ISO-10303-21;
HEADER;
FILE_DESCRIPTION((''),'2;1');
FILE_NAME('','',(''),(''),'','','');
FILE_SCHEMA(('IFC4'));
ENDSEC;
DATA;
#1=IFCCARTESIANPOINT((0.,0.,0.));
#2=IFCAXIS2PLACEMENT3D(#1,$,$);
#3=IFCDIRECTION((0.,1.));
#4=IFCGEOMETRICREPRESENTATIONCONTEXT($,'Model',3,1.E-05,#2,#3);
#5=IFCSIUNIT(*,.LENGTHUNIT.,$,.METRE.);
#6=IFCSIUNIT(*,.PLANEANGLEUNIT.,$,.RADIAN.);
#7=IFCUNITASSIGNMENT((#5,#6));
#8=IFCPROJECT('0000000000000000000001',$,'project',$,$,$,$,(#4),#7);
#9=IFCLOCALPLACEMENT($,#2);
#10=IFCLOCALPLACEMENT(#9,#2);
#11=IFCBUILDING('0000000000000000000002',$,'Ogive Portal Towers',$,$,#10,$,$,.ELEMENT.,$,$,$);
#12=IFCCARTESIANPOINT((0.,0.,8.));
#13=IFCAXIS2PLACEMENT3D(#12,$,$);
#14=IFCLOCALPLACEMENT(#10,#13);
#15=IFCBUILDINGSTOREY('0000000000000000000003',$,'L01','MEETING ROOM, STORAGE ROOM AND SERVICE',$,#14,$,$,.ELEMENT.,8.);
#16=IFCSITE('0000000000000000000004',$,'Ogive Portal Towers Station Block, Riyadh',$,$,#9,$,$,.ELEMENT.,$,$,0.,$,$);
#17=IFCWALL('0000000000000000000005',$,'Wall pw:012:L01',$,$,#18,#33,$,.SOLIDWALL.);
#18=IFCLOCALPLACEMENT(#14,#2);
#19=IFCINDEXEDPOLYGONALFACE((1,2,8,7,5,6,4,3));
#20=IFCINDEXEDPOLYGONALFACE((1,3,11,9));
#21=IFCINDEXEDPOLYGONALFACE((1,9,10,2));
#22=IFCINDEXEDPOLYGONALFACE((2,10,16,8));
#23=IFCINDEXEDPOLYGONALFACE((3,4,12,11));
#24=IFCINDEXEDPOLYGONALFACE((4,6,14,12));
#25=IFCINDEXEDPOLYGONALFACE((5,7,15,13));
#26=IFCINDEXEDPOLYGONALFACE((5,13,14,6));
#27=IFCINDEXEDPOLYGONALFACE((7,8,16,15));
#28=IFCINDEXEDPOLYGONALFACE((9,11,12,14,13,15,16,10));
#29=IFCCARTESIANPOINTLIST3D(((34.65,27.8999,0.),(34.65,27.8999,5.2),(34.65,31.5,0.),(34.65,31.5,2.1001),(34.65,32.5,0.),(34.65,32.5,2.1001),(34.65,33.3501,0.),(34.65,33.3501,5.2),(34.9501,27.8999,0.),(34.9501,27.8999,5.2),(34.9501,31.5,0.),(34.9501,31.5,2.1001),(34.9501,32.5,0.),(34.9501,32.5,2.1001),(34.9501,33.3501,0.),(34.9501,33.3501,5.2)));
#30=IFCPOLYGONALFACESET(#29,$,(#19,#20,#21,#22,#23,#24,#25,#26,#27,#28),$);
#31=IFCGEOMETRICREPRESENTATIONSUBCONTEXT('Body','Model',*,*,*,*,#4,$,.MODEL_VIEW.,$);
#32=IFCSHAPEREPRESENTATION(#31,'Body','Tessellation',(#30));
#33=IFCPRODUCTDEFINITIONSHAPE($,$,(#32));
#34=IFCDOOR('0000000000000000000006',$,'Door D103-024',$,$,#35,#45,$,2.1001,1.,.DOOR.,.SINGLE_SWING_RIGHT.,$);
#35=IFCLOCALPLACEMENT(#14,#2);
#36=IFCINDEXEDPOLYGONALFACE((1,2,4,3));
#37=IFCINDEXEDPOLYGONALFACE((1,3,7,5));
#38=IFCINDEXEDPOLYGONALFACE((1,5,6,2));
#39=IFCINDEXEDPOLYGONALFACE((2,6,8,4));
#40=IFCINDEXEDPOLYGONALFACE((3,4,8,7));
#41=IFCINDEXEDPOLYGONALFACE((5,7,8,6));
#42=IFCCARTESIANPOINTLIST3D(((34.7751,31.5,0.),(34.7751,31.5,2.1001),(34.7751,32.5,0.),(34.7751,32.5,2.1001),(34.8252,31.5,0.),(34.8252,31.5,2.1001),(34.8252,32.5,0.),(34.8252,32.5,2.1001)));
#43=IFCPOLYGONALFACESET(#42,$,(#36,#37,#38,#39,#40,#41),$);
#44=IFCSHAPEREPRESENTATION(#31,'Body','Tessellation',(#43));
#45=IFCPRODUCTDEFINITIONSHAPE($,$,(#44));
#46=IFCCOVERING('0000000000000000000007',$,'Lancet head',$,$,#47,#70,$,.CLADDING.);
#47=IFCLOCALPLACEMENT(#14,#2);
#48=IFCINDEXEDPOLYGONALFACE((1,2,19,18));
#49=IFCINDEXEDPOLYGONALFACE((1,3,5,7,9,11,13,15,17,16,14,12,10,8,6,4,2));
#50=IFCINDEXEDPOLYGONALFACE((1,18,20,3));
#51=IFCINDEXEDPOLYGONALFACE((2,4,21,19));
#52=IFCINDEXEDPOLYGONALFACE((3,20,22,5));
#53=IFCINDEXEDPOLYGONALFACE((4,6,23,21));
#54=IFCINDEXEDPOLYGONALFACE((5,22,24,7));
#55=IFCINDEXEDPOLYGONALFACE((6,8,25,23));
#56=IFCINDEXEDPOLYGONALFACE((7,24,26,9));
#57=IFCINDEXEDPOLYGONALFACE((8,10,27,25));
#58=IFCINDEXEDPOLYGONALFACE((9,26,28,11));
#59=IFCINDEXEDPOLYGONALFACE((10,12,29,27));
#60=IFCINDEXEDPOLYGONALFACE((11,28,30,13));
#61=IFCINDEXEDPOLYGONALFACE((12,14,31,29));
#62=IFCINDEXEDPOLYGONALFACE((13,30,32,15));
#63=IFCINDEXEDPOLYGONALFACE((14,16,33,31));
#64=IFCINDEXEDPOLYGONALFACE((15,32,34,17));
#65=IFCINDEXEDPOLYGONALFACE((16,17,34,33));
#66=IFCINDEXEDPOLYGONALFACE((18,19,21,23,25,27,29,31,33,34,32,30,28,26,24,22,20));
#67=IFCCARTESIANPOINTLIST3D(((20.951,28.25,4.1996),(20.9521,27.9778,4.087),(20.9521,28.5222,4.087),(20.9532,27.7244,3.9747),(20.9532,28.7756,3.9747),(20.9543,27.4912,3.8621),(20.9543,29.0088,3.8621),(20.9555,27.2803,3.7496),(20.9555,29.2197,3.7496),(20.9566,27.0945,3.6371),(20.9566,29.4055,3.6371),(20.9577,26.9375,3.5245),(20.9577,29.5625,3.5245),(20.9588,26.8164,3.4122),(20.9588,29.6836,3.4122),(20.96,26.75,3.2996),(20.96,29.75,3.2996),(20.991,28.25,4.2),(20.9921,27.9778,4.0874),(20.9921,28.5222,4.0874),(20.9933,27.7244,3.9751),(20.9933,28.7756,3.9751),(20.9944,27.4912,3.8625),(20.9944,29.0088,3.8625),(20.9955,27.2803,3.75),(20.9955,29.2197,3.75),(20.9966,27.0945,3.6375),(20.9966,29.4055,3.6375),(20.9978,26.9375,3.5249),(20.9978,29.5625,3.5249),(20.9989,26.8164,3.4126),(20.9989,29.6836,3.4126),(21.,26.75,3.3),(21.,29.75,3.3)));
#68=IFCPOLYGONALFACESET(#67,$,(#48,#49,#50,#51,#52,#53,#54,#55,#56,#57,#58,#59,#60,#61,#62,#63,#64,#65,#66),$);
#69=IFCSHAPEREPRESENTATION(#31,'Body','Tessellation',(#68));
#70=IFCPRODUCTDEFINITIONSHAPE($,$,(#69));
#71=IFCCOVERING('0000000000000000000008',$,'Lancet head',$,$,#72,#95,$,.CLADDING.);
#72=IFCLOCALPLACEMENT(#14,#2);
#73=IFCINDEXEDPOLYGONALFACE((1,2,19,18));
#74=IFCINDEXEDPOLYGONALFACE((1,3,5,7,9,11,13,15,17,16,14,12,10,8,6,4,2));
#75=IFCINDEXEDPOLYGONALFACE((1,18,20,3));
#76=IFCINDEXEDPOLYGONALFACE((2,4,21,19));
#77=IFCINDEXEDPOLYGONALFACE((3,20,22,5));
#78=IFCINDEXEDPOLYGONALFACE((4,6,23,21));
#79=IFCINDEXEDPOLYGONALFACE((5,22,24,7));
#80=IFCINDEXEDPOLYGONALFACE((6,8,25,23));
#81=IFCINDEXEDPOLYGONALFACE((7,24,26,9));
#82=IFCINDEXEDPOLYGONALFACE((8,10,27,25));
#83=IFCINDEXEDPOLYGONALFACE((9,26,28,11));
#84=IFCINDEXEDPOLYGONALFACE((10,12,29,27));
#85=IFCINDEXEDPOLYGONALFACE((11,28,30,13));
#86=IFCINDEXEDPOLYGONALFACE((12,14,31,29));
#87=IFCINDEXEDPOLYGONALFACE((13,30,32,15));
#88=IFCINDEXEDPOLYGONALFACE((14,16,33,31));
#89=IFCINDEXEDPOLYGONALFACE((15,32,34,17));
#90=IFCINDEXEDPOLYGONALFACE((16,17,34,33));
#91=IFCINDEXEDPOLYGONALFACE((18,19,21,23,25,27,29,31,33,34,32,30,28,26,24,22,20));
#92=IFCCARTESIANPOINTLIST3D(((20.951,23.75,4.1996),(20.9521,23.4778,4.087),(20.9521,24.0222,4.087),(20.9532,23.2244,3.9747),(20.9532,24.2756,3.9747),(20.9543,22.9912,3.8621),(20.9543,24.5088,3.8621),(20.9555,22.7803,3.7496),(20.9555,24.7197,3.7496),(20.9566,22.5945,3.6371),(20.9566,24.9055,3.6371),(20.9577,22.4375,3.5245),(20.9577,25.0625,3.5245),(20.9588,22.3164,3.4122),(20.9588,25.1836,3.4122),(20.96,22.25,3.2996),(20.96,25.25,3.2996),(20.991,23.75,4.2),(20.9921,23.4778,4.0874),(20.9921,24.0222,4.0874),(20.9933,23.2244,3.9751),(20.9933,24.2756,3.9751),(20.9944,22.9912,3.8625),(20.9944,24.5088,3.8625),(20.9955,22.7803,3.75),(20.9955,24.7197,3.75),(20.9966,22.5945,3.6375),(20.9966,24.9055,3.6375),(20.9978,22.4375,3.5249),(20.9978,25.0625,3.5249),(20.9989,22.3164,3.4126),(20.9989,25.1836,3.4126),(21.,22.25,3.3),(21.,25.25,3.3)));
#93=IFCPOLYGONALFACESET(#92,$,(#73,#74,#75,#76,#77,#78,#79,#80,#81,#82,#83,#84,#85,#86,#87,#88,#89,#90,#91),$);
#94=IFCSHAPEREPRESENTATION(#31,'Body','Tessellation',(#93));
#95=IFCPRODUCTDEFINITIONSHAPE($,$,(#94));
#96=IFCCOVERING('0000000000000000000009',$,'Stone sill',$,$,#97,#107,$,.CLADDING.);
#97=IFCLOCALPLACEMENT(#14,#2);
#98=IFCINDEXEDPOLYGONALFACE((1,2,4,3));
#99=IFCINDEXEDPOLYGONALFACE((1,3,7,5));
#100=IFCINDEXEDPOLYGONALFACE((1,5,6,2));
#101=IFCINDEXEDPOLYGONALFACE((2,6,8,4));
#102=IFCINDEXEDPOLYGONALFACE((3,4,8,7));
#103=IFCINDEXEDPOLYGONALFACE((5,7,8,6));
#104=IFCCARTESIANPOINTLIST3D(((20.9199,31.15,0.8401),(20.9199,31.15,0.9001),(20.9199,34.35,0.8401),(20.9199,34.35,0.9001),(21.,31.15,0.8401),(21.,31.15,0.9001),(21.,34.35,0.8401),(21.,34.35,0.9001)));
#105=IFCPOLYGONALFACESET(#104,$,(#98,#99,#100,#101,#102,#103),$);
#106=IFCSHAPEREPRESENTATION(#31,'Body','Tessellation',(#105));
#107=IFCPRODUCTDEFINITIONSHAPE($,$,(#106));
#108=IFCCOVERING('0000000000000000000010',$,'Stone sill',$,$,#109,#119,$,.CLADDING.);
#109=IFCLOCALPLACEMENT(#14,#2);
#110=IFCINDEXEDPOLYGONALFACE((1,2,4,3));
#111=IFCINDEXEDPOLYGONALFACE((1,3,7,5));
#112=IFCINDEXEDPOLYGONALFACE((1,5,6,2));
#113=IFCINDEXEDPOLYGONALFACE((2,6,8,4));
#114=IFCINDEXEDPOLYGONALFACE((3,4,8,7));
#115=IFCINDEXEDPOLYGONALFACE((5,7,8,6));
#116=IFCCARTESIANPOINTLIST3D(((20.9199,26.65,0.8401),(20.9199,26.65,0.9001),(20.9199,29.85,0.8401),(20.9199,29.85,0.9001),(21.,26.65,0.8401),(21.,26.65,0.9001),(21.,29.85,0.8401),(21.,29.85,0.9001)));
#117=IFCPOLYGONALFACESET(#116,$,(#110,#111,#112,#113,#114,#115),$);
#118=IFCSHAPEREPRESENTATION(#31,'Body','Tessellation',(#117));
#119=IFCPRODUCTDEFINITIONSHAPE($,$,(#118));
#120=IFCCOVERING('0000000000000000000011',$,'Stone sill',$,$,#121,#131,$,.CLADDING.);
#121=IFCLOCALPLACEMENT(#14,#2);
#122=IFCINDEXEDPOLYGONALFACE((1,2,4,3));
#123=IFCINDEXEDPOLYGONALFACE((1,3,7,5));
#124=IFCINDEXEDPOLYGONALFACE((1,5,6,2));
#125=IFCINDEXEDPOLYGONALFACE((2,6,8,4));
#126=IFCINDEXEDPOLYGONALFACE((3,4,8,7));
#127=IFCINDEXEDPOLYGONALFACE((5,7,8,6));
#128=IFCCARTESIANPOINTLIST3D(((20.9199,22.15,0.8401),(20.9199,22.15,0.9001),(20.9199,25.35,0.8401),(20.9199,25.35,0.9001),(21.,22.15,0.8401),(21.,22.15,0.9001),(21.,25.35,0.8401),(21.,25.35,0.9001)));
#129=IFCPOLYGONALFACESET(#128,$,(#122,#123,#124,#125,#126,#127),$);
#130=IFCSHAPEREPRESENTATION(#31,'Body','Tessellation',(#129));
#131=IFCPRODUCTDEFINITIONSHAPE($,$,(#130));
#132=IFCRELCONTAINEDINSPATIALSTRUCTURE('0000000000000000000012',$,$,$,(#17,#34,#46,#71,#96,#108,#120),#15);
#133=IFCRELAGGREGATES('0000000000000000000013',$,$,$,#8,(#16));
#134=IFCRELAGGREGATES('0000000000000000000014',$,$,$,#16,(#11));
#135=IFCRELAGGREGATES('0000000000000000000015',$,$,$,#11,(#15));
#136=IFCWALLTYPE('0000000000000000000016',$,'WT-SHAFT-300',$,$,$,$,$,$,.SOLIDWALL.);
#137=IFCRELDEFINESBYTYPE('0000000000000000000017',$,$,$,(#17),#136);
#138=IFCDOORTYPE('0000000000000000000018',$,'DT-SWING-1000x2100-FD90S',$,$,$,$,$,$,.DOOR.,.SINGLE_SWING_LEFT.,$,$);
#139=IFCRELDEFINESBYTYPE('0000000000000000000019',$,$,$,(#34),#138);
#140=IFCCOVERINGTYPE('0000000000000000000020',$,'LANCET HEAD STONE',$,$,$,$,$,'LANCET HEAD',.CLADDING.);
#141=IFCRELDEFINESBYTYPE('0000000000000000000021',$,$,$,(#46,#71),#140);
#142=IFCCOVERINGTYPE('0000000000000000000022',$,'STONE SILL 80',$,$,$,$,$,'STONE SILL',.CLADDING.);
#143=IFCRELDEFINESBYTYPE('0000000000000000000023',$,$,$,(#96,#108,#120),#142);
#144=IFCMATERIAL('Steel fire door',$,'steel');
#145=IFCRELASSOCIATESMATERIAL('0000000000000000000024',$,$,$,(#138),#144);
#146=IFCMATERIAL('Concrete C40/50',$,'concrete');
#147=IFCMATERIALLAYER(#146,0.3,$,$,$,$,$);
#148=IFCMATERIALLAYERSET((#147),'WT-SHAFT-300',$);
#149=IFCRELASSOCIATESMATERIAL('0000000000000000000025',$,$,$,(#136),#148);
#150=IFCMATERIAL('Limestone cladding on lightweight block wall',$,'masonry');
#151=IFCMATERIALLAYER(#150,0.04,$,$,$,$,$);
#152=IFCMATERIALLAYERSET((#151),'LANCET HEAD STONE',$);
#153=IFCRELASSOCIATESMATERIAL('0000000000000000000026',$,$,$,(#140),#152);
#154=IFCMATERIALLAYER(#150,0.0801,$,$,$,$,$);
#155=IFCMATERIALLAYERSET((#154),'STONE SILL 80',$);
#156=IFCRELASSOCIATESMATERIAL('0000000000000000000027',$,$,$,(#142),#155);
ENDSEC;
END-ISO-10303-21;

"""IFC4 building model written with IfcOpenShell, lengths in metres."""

from ifc_helpers import new_model, si_unit, direction, frame, frame_2d, origin, origin_2d, place, context, subcontext, project, spatial, polyline, rectangle, outline, extrude, material, layer, layer_set, type_object, element, fill, save


model = new_model("IFC4")

# Units and contexts
model_context = context("Model", 3, precision=1e-05, world=origin(), true_north=direction((0.0, 1.0)))
body_context = subcontext(model_context, "Body", "Model", "MODEL_VIEW")
ifc_project = project(units=[si_unit("LENGTHUNIT", "METRE"), si_unit("PLANEANGLEUNIT", "RADIAN")], contexts=[model_context])

# Site, building, storey
site_placement = place(None, origin())
site = spatial("IfcSite", under=ifc_project, at=site_placement, Name="Ogive Portal Towers Station Block, Riyadh", CompositionType="ELEMENT", RefElevation=0.0)
building_placement = place(site_placement, origin())
building = spatial("IfcBuilding", under=site, at=building_placement, Name="Ogive Portal Towers", CompositionType="ELEMENT")
storey_placement = place(building_placement, frame((0.0, 0.0, 8.0)))
storey = spatial("IfcBuildingStorey", under=building, at=storey_placement, Name="L01", Description="MEETING ROOM, STORAGE ROOM AND SERVICE", CompositionType="ELEMENT", Elevation=8.0)

# Shared definitions
ifc_material_1 = material(Name="Steel fire door", Category="steel")

# Shared definitions
door_type_1 = type_object("IfcDoorType", Name="DT-SWING-1000x2100-FD90S", OperationType="SINGLE_SWING_LEFT", PredefinedType="DOOR", material=ifc_material_1)

# Shared definitions
ifc_material_2 = material(Name="Concrete C40/50", Category="concrete")
ifc_layer_1 = layer(ifc_material_2, 0.3)
ifc_layer_set_1 = layer_set([ifc_layer_1], Name="WT-SHAFT-300")
wall_type_1 = type_object("IfcWallType", Name="WT-SHAFT-300", PredefinedType="SOLIDWALL", material=ifc_layer_set_1)

# Wall, opening, door
wall_1_placement = place(storey_placement, frame((34.8, 27.8999, 0.0), z_axis=(0.0, 0.0, 1.0), x_axis=(0.0, 1.0, 0.0)))
wall_1 = element("IfcWall", 1, at=wall_1_placement, inside=storey, type_object=wall_type_1, Name="Wall pw:012:L01", PredefinedType="SOLIDWALL", context=body_context, shape_type="SweptSolid", body=[
    extrude(rectangle(XDim=5.4502, YDim=0.3, at=frame_2d((2.7251, 0.0))), origin(), (0.0, 0.0, 1.0), 5.2),
])
opening_1_placement = place(wall_1_placement, frame((3.6001, 0.0, 0.0)))
opening_1 = element("IfcOpeningElement", 2, at=opening_1_placement, cuts=wall_1, PredefinedType="OPENING", context=body_context, shape_type="SweptSolid", body=[
    extrude(rectangle(XDim=1.0, YDim=2.1001, at=frame_2d((0.5, 1.05))), frame((0.0, 0.1602, 0.0), z_axis=(0.0, -1.0, 0.0), x_axis=(1.0, 0.0, 0.0)), (0.0, 0.0, 1.0), 0.3201),
])
door_1_placement = place(opening_1_placement, origin())
door_1 = element("IfcDoor", 3, at=door_1_placement, inside=storey, type_object=door_type_1, Name="Door D103-024", OperationType="SINGLE_SWING_RIGHT", OverallHeight=2.1001, OverallWidth=1.0, PredefinedType="DOOR", context=body_context, shape_type="SweptSolid", body=[
    extrude(rectangle(XDim=1.0, YDim=2.1001, at=frame_2d((0.5, 1.05))), frame((0.0, 0.0249, 0.0), z_axis=(0.0, -1.0, 0.0), x_axis=(1.0, 0.0, 0.0)), (0.0, 0.0, 1.0), 0.05),
])
fill(opening_1, door_1)

# Coverings
ifc_material_3 = material(Name="Limestone cladding on lightweight block wall", Category="masonry")
ifc_layer_2 = layer(ifc_material_3, 0.04)
ifc_layer_set_2 = layer_set([ifc_layer_2], Name="LANCET HEAD STONE")
covering_type_1 = type_object("IfcCoveringType", Name="LANCET HEAD STONE", ElementType="LANCET HEAD", PredefinedType="CLADDING", material=ifc_layer_set_2)
for number, where, z_axis, x_axis, name in (
    (4, (21.0, 29.75, 3.3), (0.99995, 0.0, 0.009994), (0.0, -1.0, 0.0), "Lancet head"),
    (5, (21.0, 25.25, 3.3), (0.99995, 0.0, 0.009994), (0.0, -1.0, 0.0), "Lancet head"),
):
    element("IfcCovering", number, at=place(storey_placement, frame(where, z_axis=z_axis, x_axis=x_axis)), inside=storey, type_object=covering_type_1, Name=name, PredefinedType="CLADDING", context=body_context, shape_type="SweptSolid", body=[
        extrude(outline(polyline([(0.0, 0.0), (3.0, 0.0), (2.9336, -0.1126), (2.8125, -0.2249), (2.6555, -0.3374), (2.4697, -0.45), (2.2588, -0.5625), (2.0256, -0.6751), (1.7722, -0.7874), (1.5, -0.8999), (1.2278, -0.7874), (0.9744, -0.6751), (0.7412, -0.5625), (0.5303, -0.45), (0.3445, -0.3374), (0.1875, -0.2249), (0.0664, -0.1126), (0.0, 0.0)])), origin(), (0.0, 0.0, -1.0), 0.04),
    ])
ifc_layer_3 = layer(ifc_material_3, 0.0801)
ifc_layer_set_3 = layer_set([ifc_layer_3], Name="STONE SILL 80")
covering_type_2 = type_object("IfcCoveringType", Name="STONE SILL 80", ElementType="STONE SILL", PredefinedType="CLADDING", material=ifc_layer_set_3)
for number, where, z_axis, x_axis, name in (
    (6, (20.96, 32.75, 0.8401), (0.0, 0.0, 1.0), (0.0, -1.0, 0.0), "Stone sill"),
    (7, (20.96, 28.25, 0.8401), (0.0, 0.0, 1.0), (0.0, -1.0, 0.0), "Stone sill"),
    (8, (20.96, 23.75, 0.8401), (0.0, 0.0, 1.0), (0.0, -1.0, 0.0), "Stone sill"),
):
    element("IfcCovering", number, at=place(storey_placement, frame(where, z_axis=z_axis, x_axis=x_axis)), inside=storey, type_object=covering_type_2, Name=name, PredefinedType="CLADDING", context=body_context, shape_type="SweptSolid", body=[
        extrude(rectangle(XDim=3.2, YDim=0.0801, at=origin_2d()), origin(), (0.0, 0.0, 1.0), 0.0601),
    ])

save(model, "model.ifc")
